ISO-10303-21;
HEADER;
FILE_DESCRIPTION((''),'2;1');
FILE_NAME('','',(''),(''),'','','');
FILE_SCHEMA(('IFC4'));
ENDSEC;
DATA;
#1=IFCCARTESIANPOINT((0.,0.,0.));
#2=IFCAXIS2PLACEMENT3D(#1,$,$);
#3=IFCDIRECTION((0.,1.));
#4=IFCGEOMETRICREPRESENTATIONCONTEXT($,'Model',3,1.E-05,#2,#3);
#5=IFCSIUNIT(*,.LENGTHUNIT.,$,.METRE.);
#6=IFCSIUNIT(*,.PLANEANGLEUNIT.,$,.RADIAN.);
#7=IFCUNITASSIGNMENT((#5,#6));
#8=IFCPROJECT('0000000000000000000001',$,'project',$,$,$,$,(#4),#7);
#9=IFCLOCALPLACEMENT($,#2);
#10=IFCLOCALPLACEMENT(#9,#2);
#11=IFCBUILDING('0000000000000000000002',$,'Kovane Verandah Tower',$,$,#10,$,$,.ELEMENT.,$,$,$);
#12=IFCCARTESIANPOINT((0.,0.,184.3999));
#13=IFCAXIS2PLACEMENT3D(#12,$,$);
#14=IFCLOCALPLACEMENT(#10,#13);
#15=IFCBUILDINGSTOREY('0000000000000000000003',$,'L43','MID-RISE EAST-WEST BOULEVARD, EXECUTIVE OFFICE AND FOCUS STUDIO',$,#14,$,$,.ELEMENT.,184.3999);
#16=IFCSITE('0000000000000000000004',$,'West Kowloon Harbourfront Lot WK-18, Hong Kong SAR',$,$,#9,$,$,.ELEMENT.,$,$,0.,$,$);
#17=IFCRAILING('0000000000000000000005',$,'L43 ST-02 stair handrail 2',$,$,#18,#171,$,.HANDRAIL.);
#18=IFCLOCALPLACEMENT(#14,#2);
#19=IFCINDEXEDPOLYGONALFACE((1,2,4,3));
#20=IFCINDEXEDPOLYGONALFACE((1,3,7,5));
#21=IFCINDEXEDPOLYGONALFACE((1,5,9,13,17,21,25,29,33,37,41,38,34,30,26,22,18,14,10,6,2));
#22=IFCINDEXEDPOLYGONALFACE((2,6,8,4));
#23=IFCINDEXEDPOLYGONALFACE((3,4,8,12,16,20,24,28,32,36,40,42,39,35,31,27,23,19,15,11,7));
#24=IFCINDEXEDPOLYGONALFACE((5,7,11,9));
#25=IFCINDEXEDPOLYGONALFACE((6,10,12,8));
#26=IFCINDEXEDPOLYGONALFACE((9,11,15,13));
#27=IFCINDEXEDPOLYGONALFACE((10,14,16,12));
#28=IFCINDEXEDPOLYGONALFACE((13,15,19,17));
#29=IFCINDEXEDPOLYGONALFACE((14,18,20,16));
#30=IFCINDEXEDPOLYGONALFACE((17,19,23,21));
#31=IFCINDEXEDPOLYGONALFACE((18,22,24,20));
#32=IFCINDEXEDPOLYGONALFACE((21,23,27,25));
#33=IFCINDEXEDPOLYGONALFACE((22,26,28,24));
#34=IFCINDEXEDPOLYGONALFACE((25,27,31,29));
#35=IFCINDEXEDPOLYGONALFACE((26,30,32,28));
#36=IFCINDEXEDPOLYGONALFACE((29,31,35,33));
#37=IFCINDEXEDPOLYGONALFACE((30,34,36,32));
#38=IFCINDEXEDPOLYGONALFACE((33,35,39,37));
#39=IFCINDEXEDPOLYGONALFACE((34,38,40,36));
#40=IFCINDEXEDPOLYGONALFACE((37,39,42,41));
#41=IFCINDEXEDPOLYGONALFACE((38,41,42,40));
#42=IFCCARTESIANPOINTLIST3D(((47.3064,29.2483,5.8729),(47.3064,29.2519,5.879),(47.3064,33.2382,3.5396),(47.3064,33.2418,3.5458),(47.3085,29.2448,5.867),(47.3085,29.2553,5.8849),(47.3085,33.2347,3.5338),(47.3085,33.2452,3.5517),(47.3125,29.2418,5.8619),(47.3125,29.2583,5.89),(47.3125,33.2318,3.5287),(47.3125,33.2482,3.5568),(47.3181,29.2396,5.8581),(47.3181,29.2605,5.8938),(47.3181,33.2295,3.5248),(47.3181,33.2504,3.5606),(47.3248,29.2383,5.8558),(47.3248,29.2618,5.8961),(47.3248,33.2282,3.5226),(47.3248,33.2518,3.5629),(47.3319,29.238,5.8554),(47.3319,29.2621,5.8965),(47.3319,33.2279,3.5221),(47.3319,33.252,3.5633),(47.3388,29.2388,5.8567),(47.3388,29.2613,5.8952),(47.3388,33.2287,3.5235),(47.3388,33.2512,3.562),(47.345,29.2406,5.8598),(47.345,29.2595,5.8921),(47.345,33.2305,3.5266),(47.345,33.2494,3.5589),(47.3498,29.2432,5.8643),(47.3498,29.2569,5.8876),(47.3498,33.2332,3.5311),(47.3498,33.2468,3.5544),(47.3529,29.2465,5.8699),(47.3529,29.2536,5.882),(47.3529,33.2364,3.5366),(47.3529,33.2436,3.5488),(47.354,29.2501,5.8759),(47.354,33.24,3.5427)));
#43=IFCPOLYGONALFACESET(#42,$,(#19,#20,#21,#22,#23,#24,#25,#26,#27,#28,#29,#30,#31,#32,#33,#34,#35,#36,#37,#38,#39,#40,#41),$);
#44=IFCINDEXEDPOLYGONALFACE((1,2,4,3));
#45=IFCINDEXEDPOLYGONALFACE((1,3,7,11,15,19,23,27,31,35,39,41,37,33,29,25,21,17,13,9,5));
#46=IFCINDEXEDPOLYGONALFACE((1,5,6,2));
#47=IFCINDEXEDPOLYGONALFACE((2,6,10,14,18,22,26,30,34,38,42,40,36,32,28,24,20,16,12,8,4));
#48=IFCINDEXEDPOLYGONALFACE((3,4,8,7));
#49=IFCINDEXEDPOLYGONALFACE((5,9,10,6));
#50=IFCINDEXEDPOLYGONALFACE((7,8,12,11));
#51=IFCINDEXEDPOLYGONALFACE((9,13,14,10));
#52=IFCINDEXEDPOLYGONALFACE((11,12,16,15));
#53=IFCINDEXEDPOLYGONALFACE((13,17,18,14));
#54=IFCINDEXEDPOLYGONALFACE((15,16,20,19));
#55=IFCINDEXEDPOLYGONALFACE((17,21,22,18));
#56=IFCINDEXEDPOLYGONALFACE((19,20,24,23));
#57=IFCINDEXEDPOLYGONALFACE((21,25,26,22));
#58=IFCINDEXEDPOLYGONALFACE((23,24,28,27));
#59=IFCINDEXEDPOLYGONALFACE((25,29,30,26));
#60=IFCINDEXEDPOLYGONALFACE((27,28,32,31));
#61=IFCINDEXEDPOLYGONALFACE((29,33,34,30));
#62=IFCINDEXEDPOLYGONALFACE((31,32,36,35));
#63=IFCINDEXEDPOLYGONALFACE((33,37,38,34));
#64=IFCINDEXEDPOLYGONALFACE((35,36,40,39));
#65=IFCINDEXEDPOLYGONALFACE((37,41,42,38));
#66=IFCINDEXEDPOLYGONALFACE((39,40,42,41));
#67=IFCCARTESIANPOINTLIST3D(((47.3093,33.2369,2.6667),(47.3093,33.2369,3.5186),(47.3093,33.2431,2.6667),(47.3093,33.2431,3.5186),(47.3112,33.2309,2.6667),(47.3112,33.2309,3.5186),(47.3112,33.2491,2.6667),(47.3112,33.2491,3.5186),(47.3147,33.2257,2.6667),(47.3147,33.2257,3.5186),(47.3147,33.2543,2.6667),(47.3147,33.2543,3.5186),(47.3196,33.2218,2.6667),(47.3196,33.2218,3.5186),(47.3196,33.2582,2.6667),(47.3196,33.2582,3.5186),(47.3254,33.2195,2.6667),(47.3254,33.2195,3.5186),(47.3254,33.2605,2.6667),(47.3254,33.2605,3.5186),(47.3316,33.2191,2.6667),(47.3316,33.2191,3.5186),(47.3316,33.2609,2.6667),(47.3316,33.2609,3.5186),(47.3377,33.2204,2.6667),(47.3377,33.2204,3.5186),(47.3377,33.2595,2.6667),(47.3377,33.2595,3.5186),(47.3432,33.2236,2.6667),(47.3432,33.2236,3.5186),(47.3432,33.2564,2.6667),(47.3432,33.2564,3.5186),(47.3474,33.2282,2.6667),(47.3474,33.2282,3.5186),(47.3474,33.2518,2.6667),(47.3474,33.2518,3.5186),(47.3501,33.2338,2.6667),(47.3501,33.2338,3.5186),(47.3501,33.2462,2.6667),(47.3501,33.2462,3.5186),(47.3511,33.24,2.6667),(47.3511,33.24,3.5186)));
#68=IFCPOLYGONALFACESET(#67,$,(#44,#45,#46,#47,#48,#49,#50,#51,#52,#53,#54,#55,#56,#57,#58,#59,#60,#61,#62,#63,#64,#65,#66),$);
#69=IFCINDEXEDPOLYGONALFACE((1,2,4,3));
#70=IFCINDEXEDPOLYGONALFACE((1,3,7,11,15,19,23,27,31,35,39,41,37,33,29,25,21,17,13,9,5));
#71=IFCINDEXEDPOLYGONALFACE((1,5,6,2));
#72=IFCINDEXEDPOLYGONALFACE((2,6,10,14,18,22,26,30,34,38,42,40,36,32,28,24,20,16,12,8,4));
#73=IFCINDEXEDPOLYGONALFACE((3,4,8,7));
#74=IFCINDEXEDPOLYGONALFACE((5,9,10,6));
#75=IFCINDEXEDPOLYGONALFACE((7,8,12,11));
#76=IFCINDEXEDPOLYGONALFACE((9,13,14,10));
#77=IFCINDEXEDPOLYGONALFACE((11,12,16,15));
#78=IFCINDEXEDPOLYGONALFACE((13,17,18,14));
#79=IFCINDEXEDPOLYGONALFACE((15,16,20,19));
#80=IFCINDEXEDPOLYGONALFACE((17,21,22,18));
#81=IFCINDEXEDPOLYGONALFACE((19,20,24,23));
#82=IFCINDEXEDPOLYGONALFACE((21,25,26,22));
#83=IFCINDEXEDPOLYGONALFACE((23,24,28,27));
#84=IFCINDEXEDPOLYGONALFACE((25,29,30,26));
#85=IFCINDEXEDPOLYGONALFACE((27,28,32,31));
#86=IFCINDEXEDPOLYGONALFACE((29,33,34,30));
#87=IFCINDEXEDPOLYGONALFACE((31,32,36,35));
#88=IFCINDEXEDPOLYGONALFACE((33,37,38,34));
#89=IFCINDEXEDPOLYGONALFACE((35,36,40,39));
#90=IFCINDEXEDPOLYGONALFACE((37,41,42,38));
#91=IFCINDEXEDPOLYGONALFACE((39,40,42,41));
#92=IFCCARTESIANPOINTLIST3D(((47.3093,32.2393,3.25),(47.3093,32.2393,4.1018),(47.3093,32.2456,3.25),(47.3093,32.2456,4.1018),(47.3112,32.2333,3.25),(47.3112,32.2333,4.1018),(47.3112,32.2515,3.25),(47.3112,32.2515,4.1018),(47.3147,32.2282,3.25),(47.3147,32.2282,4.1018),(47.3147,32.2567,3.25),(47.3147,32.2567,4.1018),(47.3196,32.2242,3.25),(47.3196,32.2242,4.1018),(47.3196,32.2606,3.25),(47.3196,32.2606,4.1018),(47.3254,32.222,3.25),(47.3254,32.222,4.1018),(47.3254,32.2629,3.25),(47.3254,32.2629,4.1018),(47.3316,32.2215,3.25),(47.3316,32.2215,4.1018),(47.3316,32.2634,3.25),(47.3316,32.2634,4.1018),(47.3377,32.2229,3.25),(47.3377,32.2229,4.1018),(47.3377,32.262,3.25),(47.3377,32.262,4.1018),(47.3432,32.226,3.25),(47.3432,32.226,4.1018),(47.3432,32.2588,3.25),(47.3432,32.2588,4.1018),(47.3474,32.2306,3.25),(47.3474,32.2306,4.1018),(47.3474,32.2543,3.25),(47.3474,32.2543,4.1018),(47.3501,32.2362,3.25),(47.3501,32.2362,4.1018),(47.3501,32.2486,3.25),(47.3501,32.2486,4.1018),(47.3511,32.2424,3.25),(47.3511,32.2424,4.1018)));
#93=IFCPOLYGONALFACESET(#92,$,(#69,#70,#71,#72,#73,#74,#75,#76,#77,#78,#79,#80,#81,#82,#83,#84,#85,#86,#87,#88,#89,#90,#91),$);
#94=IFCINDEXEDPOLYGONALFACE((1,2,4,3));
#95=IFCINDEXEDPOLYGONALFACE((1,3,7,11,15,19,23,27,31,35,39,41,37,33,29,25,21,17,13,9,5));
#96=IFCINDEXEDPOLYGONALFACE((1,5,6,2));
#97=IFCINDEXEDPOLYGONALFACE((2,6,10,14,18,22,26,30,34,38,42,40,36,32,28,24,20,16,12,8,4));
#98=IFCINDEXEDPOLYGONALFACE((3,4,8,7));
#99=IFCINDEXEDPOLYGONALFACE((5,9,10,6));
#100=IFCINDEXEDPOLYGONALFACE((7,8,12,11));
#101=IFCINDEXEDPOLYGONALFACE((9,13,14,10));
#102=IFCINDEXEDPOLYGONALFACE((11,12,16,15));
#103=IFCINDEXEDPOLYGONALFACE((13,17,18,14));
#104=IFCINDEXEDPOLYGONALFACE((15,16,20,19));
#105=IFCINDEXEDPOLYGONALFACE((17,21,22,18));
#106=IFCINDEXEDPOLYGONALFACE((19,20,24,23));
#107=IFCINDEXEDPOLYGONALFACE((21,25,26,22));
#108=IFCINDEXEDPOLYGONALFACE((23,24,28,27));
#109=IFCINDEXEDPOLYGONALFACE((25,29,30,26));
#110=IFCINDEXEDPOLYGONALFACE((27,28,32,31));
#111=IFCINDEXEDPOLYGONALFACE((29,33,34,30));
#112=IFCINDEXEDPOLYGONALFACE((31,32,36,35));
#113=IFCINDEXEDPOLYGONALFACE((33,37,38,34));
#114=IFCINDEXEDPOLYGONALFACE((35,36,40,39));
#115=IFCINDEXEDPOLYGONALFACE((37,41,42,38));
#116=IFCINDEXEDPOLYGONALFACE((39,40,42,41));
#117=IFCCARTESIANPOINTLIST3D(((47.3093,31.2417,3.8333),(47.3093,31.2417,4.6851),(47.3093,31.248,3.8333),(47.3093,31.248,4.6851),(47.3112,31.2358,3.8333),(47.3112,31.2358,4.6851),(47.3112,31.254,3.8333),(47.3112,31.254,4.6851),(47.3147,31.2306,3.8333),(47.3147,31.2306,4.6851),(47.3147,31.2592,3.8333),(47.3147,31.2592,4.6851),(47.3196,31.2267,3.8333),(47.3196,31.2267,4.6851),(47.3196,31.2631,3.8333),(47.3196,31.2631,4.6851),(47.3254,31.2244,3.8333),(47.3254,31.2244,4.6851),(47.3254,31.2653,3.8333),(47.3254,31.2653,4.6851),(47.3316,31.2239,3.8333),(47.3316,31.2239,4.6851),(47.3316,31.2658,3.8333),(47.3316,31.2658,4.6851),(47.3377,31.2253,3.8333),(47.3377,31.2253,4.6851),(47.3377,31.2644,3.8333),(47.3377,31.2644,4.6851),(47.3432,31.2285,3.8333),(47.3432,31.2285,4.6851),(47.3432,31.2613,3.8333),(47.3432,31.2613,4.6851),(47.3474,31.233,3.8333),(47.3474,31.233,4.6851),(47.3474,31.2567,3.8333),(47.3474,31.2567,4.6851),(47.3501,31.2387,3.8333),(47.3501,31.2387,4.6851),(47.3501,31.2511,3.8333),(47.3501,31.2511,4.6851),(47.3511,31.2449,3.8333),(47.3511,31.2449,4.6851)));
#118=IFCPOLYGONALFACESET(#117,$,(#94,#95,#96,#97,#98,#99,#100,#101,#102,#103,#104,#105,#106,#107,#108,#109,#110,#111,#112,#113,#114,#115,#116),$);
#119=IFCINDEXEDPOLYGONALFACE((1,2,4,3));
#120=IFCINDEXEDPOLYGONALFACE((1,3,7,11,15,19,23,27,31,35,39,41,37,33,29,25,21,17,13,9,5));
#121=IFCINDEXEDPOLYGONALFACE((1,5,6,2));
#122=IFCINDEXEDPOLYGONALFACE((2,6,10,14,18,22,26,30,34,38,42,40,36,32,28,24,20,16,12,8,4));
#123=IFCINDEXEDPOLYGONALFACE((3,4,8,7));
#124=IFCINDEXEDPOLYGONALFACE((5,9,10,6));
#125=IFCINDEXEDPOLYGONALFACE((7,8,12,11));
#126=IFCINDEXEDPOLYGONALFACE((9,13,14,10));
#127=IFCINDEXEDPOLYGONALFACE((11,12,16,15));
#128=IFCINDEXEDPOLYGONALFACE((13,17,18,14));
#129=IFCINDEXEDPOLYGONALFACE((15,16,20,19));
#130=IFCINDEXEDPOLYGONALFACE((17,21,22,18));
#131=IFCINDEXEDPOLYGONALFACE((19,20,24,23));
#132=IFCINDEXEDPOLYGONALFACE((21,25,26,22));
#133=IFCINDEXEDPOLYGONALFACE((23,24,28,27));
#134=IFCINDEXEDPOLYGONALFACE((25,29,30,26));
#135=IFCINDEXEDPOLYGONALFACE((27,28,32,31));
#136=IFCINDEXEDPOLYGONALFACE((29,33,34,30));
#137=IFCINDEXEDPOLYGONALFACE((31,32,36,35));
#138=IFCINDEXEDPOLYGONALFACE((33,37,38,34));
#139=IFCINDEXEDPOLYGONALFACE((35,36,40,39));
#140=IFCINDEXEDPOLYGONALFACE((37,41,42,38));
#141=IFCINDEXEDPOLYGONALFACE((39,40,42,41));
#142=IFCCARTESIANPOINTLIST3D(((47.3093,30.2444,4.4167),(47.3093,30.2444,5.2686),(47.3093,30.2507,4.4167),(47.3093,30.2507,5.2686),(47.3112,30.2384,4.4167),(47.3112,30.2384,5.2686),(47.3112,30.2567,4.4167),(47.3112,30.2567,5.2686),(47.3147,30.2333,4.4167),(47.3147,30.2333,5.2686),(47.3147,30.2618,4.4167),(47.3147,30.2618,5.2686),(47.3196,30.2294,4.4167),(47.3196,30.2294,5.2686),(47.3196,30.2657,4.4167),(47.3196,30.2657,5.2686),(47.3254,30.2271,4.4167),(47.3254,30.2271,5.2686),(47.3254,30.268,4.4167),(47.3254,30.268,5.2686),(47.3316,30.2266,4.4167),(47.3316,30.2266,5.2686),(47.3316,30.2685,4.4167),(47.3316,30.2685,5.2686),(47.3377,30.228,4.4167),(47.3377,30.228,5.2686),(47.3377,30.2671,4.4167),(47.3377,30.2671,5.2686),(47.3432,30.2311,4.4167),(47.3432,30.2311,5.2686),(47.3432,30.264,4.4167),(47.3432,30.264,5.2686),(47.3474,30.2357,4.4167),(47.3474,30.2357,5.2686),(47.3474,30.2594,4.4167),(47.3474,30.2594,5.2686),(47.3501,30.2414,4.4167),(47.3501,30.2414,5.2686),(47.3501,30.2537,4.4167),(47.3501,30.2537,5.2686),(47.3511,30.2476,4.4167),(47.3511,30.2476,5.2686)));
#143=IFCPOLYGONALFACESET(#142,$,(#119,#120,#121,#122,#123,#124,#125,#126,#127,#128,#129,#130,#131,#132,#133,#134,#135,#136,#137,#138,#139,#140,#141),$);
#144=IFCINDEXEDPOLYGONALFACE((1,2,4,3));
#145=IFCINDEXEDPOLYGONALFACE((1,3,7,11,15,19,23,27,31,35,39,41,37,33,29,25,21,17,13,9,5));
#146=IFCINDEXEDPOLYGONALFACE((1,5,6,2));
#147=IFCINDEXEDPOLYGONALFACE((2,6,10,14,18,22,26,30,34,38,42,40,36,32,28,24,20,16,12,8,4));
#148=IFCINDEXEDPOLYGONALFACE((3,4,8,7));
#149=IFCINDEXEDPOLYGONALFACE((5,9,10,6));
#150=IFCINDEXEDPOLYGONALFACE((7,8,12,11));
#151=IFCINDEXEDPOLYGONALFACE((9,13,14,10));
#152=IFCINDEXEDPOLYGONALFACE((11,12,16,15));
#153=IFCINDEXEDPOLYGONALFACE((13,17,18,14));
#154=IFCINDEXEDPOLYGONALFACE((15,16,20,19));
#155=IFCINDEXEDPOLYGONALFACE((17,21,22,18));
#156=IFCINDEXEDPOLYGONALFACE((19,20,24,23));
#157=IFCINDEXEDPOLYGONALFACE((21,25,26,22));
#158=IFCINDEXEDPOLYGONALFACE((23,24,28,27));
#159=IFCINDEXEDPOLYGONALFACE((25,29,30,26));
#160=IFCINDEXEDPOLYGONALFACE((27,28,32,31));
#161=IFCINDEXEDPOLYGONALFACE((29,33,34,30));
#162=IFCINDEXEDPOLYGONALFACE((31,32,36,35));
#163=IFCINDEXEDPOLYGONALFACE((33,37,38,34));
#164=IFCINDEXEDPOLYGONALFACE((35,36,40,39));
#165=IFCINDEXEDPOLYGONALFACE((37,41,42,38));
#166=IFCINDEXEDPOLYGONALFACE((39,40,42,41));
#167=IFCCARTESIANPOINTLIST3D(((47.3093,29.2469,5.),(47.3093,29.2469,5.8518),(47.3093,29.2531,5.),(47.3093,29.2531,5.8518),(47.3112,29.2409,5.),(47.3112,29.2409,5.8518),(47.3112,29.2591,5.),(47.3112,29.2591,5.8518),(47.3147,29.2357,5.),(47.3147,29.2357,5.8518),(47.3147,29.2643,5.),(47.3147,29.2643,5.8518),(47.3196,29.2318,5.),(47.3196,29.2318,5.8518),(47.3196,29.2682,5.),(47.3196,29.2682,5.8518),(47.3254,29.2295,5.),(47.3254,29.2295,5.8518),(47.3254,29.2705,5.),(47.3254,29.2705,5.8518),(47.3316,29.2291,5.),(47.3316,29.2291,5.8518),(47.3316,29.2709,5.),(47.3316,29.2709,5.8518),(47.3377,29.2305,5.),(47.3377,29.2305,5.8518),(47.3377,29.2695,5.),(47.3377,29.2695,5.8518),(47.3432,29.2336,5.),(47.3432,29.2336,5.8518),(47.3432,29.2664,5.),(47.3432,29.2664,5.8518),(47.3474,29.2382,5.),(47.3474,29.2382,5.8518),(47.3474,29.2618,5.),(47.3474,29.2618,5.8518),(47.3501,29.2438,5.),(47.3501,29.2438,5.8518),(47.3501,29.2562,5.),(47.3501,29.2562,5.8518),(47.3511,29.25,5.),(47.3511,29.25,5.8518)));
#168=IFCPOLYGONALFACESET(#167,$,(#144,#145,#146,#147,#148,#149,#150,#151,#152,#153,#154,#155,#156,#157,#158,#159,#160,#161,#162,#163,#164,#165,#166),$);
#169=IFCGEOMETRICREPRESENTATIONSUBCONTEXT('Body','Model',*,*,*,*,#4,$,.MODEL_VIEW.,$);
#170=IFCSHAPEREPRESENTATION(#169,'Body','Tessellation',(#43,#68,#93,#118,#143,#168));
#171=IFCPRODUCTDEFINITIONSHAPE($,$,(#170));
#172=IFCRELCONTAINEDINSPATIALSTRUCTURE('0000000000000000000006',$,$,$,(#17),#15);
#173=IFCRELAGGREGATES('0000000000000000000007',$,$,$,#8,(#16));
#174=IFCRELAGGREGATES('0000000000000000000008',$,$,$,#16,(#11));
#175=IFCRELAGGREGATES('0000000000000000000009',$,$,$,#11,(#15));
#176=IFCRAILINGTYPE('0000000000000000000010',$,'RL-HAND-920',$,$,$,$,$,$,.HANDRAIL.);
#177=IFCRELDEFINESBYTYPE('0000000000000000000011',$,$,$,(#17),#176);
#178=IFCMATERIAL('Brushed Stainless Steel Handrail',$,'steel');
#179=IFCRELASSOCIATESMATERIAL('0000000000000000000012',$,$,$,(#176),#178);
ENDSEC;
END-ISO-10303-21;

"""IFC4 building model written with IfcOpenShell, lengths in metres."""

from ifc_helpers import new_model, si_unit, direction, frame, origin, origin_2d, place, context, subcontext, project, spatial, circle, extrude, material, type_object, element, save


model = new_model("IFC4")

# Units and contexts
model_context = context("Model", 3, precision=1e-05, world=origin(), true_north=direction((0.0, 1.0)))
body_context = subcontext(model_context, "Body", "Model", "MODEL_VIEW")
ifc_project = project(units=[si_unit("LENGTHUNIT", "METRE"), si_unit("PLANEANGLEUNIT", "RADIAN")], contexts=[model_context])

# Site, building, storey
site_placement = place(None, origin())
site = spatial("IfcSite", under=ifc_project, at=site_placement, Name="West Kowloon Harbourfront Lot WK-18, Hong Kong SAR", CompositionType="ELEMENT", RefElevation=0.0)
building_placement = place(site_placement, origin())
building = spatial("IfcBuilding", under=site, at=building_placement, Name="Kovane Verandah Tower", CompositionType="ELEMENT")
storey_placement = place(building_placement, frame((0.0, 0.0, 184.3999)))
storey = spatial("IfcBuildingStorey", under=building, at=storey_placement, Name="L43", Description="MID-RISE EAST-WEST BOULEVARD, EXECUTIVE OFFICE AND FOCUS STUDIO", CompositionType="ELEMENT", Elevation=184.3999)

# Railing
ifc_material_1 = material(Name="Brushed Stainless Steel Handrail", Category="steel")
railing_type_1 = type_object("IfcRailingType", Name="RL-HAND-920", PredefinedType="HANDRAIL", material=ifc_material_1)
railing_1_placement = place(storey_placement, frame((47.3301, 33.24, 2.6667)))
element("IfcRailing", 1, at=railing_1_placement, inside=storey, type_object=railing_type_1, Name="L43 ST-02 stair handrail 2", PredefinedType="HANDRAIL", context=body_context, shape_type="SweptSolid", body=[
    extrude(circle(Radius=0.0239, at=origin_2d()), frame((0.0, 0.0, 0.876), z_axis=(0.0, -0.863236, 0.5048), x_axis=(1.0, 0.0, 0.0)), (0.0, 0.0, 1.0), 4.6221),
    extrude(circle(Radius=0.021, at=origin_2d()), origin(), (0.0, 0.0, 1.0), 0.8518),
    extrude(circle(Radius=0.021, at=origin_2d()), frame((0.0, -0.9976, 0.5833)), (0.0, 0.0, 1.0), 0.8518),
    extrude(circle(Radius=0.021, at=origin_2d()), frame((0.0, -1.9951, 1.1665)), (0.0, 0.0, 1.0), 0.8518),
    extrude(circle(Radius=0.021, at=origin_2d()), frame((0.0, -2.9924, 1.75)), (0.0, 0.0, 1.0), 0.8518),
    extrude(circle(Radius=0.021, at=origin_2d()), frame((0.0, -3.99, 2.3333)), (0.0, 0.0, 1.0), 0.8518),
])

save(model, "model.ifc")
